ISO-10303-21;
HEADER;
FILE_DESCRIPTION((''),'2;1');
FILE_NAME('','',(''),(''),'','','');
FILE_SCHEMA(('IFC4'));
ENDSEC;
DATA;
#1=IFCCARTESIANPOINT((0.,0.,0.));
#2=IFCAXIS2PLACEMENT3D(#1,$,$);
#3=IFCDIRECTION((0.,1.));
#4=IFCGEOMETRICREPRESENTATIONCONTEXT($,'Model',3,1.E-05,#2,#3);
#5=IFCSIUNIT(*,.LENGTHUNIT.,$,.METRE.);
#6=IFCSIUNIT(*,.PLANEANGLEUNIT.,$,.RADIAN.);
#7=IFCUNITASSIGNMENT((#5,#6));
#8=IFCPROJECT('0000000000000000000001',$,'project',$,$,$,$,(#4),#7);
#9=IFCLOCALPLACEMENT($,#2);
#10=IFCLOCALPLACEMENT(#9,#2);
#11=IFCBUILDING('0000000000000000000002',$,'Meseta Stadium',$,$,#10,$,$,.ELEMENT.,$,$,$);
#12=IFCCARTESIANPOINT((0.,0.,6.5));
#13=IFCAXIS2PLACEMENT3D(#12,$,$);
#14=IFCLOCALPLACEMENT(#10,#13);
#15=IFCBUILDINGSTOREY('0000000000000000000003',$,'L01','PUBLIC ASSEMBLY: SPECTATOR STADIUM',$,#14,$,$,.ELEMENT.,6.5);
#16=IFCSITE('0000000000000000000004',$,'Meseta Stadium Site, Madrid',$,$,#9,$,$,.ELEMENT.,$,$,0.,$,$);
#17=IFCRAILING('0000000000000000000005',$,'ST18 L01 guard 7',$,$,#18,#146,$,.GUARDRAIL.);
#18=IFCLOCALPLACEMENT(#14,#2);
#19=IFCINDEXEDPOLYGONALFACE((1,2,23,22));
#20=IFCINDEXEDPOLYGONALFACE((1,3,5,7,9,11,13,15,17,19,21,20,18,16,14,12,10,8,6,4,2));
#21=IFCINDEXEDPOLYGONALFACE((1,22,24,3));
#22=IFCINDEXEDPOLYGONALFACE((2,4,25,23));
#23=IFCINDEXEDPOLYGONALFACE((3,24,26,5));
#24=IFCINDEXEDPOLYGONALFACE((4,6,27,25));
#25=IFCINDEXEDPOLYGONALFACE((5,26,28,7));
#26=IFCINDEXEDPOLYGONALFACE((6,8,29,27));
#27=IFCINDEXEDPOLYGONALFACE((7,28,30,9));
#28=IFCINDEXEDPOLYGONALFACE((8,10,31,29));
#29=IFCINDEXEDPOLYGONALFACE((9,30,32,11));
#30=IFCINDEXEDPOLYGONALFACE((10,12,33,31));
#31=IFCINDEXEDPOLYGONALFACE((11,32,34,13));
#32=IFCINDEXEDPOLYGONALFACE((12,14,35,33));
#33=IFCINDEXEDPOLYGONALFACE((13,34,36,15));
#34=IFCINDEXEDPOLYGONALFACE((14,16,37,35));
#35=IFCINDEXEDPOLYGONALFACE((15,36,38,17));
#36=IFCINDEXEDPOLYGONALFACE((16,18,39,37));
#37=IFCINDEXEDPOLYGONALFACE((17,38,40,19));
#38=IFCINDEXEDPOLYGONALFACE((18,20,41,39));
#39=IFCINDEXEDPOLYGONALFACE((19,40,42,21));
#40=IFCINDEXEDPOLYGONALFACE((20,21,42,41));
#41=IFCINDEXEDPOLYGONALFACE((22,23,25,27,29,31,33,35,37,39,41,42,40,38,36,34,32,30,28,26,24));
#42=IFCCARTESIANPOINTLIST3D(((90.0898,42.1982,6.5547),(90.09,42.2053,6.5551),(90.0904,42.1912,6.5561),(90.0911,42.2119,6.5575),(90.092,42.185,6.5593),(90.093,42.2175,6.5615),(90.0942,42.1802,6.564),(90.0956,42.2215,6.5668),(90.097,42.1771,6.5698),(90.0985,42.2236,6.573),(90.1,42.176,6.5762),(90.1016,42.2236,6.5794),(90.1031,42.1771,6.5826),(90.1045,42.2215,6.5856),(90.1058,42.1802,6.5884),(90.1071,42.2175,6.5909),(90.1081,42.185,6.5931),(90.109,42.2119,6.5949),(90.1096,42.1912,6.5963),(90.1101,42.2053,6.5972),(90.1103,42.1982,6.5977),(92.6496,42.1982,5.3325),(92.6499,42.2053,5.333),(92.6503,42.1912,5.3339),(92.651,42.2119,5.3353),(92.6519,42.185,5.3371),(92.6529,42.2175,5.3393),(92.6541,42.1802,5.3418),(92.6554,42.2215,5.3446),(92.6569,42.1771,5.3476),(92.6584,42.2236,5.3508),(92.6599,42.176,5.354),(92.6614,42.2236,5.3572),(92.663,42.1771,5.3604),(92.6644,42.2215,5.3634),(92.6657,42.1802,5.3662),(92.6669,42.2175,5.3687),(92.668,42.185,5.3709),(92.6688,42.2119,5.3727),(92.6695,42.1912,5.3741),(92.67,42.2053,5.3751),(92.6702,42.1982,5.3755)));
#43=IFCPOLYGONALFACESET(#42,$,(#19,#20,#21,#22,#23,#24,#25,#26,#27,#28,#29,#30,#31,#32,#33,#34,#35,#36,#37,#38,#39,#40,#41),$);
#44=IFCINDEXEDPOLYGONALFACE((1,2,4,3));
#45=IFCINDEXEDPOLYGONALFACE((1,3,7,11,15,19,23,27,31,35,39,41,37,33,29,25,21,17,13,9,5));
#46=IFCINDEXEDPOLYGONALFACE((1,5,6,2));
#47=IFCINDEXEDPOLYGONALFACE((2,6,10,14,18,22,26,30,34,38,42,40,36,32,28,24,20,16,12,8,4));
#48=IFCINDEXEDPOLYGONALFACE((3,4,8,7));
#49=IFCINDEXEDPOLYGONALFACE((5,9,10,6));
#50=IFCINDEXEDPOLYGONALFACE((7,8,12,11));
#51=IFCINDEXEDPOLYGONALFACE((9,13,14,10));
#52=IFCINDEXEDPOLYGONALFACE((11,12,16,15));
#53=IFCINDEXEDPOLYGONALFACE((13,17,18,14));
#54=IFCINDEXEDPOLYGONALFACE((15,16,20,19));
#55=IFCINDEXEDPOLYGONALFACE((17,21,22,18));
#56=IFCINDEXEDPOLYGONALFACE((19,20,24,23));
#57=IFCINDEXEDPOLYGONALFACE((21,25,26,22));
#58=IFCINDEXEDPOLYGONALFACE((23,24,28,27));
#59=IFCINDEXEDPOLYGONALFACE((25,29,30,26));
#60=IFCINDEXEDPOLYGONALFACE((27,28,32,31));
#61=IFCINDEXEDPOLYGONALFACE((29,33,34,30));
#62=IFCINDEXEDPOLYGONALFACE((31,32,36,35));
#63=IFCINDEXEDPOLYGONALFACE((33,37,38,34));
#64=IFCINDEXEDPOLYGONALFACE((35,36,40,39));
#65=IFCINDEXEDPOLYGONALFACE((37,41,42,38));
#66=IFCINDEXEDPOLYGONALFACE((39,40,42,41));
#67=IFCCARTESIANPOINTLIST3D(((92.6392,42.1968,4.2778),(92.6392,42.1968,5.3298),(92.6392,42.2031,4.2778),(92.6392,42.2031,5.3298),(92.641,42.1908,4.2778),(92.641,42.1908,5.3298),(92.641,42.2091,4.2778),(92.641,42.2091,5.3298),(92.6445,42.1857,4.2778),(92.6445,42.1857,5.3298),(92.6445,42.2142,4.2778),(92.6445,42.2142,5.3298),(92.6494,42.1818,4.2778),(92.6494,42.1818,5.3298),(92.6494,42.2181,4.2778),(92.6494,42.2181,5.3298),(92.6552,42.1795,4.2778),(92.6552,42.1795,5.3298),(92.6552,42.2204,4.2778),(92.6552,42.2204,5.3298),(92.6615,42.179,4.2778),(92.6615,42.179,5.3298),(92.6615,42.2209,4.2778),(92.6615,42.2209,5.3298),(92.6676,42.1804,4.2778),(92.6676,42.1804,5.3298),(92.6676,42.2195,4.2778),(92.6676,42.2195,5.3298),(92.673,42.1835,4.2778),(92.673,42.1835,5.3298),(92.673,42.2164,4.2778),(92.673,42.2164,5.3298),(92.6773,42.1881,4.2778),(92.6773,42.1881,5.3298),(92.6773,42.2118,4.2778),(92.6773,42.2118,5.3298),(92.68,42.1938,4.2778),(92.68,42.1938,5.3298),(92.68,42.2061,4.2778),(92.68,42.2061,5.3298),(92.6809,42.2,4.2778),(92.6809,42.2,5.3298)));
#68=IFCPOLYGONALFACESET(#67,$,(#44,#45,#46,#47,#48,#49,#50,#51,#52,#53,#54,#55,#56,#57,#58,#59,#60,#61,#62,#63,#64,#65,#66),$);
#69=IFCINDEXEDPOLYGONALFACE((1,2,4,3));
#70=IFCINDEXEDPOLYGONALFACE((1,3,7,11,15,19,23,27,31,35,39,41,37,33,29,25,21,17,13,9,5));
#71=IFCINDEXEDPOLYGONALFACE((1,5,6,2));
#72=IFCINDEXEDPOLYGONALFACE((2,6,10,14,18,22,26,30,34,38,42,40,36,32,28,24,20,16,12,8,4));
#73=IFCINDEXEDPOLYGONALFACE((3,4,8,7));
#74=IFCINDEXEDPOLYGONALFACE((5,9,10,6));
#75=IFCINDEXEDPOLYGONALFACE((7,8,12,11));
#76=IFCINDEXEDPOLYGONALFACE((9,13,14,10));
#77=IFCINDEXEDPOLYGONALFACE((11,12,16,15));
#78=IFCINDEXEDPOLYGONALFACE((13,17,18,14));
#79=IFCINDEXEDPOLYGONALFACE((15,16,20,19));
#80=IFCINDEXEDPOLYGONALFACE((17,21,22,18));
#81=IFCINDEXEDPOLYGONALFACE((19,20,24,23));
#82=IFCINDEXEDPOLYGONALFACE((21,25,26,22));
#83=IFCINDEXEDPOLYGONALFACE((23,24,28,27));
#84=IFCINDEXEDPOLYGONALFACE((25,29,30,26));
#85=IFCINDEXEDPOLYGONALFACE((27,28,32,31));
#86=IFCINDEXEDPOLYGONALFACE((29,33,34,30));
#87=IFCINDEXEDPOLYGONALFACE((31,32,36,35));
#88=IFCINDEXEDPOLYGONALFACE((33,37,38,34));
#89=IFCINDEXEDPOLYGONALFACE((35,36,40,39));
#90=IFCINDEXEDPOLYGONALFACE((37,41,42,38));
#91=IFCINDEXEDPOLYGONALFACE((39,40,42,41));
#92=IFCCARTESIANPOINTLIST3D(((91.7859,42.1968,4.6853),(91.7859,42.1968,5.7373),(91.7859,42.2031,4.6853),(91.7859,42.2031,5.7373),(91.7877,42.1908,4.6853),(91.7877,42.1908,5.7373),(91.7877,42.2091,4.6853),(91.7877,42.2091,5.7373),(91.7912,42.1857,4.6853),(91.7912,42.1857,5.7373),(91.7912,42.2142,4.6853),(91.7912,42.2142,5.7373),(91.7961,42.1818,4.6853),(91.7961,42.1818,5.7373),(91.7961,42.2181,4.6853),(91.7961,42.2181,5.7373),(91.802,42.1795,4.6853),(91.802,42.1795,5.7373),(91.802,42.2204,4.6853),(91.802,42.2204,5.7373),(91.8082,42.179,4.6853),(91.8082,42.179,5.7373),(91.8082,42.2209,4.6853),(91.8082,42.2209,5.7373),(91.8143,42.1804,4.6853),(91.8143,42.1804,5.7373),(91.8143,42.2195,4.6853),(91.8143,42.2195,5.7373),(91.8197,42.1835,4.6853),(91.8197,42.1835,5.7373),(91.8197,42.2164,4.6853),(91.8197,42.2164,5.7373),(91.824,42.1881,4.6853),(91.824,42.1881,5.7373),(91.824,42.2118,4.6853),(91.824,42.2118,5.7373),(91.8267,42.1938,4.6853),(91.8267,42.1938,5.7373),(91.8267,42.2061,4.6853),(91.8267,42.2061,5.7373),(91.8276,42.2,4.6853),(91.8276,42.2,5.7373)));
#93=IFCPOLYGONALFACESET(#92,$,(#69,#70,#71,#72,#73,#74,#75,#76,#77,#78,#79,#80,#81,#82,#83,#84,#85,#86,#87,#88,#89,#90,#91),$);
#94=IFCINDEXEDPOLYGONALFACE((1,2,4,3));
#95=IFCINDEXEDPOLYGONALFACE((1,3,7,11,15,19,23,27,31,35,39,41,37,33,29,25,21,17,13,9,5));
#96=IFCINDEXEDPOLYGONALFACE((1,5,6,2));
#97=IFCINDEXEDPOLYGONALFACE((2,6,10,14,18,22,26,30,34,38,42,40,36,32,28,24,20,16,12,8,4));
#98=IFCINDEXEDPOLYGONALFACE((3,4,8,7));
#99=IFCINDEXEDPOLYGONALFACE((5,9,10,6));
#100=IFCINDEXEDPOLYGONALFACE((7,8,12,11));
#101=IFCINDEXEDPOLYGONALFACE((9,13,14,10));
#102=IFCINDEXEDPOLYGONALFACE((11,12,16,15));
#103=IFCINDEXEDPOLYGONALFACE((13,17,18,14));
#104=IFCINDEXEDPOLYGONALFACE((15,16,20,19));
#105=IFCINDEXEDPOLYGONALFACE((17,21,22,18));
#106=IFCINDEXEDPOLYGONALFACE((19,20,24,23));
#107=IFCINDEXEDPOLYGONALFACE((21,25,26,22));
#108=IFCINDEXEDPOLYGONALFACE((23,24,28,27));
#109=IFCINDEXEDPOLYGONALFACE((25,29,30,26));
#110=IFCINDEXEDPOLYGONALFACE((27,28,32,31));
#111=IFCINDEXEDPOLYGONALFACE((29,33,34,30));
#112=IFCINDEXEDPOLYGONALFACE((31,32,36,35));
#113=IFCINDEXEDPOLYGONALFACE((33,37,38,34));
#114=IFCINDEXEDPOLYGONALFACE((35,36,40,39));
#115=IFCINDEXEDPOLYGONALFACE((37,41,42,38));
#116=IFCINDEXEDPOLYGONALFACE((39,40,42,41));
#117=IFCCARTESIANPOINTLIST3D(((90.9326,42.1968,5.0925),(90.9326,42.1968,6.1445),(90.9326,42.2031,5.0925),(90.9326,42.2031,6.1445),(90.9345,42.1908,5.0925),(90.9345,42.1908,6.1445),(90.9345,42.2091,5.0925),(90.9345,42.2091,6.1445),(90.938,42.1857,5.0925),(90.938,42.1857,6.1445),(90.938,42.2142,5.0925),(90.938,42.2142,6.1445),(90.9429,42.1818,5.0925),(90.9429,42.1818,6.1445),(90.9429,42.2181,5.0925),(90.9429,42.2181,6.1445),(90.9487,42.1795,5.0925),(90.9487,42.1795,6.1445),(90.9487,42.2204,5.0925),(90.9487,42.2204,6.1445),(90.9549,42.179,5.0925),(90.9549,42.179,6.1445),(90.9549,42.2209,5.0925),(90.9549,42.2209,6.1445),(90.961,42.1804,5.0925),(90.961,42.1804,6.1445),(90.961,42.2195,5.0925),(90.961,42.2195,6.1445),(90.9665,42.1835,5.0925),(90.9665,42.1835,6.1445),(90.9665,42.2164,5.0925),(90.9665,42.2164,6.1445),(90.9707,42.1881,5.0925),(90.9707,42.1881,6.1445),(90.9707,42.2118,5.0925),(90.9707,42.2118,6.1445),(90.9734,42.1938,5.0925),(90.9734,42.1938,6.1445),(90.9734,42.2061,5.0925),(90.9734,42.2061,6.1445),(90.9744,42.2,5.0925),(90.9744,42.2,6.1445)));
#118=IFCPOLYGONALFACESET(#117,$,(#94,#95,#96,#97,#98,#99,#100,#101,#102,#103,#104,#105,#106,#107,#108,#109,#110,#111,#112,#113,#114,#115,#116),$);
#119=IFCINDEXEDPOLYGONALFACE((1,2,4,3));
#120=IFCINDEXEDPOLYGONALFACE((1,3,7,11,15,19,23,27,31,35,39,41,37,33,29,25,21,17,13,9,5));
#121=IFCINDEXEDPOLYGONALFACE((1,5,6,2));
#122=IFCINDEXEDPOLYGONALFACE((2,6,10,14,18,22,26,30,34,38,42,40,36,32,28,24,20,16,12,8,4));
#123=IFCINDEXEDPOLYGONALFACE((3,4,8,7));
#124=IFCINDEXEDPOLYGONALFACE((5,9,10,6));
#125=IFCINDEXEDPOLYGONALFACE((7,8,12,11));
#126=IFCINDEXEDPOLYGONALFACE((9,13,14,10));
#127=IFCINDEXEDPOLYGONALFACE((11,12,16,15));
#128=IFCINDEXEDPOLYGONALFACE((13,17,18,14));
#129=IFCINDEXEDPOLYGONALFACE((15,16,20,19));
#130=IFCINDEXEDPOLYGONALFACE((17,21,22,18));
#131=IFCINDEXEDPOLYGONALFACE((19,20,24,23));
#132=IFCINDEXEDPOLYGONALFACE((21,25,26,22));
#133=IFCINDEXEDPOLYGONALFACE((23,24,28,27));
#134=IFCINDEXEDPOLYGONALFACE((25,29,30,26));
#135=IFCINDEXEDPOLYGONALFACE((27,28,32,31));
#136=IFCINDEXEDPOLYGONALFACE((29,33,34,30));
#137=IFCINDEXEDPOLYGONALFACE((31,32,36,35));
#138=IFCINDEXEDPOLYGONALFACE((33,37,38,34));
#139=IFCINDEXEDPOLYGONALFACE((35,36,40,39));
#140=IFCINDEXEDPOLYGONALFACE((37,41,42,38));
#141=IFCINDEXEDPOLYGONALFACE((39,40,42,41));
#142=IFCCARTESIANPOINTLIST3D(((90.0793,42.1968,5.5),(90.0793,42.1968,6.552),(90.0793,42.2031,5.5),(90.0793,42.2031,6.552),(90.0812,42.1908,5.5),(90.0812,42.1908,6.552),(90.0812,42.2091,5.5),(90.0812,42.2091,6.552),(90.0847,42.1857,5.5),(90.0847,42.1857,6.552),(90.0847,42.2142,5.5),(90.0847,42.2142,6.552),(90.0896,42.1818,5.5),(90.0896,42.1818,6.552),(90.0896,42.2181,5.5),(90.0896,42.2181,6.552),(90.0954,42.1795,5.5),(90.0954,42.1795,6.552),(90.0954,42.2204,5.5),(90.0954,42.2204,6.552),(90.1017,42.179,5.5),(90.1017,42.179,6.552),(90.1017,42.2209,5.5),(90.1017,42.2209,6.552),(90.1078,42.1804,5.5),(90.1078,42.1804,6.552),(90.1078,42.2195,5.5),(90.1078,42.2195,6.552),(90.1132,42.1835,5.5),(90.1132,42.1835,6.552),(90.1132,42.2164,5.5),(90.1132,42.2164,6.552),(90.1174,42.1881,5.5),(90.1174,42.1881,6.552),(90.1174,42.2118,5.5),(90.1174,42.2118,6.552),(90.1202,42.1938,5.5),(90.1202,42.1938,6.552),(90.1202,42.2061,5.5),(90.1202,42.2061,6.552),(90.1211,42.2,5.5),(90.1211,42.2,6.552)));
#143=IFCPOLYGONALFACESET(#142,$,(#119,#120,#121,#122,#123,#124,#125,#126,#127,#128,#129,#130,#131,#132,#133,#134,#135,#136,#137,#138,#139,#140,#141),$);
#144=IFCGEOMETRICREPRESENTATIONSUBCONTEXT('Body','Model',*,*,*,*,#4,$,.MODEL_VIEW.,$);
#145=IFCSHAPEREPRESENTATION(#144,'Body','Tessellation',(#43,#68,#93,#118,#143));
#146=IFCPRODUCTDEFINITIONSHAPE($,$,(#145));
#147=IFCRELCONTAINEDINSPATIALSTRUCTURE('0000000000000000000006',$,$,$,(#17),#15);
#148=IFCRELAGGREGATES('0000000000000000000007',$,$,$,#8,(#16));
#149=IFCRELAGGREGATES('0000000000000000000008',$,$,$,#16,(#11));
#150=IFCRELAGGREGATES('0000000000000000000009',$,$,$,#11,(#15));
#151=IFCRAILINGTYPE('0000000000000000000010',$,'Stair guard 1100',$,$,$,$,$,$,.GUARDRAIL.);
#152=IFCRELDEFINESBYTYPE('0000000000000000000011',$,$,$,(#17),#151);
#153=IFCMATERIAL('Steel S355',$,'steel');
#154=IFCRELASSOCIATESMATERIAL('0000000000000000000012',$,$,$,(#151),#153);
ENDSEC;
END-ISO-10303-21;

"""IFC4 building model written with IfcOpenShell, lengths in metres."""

from ifc_helpers import new_model, si_unit, direction, frame, origin, origin_2d, place, context, subcontext, project, spatial, circle, extrude, material, type_object, element, save


model = new_model("IFC4")

# Units and contexts
model_context = context("Model", 3, precision=1e-05, world=origin(), true_north=direction((0.0, 1.0)))
body_context = subcontext(model_context, "Body", "Model", "MODEL_VIEW")
ifc_project = project(units=[si_unit("LENGTHUNIT", "METRE"), si_unit("PLANEANGLEUNIT", "RADIAN")], contexts=[model_context])

# Site, building, storey
site_placement = place(None, origin())
site = spatial("IfcSite", under=ifc_project, at=site_placement, Name="Meseta Stadium Site, Madrid", CompositionType="ELEMENT", RefElevation=0.0)
building_placement = place(site_placement, origin())
building = spatial("IfcBuilding", under=site, at=building_placement, Name="Meseta Stadium", CompositionType="ELEMENT")
storey_placement = place(building_placement, frame((0.0, 0.0, 6.5)))
storey = spatial("IfcBuildingStorey", under=building, at=storey_placement, Name="L01", Description="PUBLIC ASSEMBLY: SPECTATOR STADIUM", CompositionType="ELEMENT", Elevation=6.5)

# Railing
ifc_material_1 = material(Name="Steel S355", Category="steel")
railing_type_1 = type_object("IfcRailingType", Name="Stair guard 1100", PredefinedType="GUARDRAIL", material=ifc_material_1)
railing_1_placement = place(storey_placement, frame((92.6599, 42.2, 4.2778)))
element("IfcRailing", 1, at=railing_1_placement, inside=storey, type_object=railing_type_1, Name="ST18 L01 guard 7", PredefinedType="GUARDRAIL", context=body_context, shape_type="SweptSolid", body=[
    extrude(circle(Radius=0.0239, at=origin_2d()), frame((0.0, 0.0, 1.0762), z_axis=(-0.902421, 0.0, 0.430855), x_axis=(0.0, -1.0, 0.0)), (0.0, 0.0, 1.0), 2.8367),
    extrude(circle(Radius=0.021, at=origin_2d()), origin(), (0.0, 0.0, 1.0), 1.052),
    extrude(circle(Radius=0.021, at=origin_2d()), frame((-0.8533, 0.0, 0.4075)), (0.0, 0.0, 1.0), 1.052),
    extrude(circle(Radius=0.021, at=origin_2d()), frame((-1.7065, 0.0, 0.8147)), (0.0, 0.0, 1.0), 1.052),
    extrude(circle(Radius=0.021, at=origin_2d()), frame((-2.5598, 0.0, 1.2222)), (0.0, 0.0, 1.0), 1.052),
])

save(model, "model.ifc")
